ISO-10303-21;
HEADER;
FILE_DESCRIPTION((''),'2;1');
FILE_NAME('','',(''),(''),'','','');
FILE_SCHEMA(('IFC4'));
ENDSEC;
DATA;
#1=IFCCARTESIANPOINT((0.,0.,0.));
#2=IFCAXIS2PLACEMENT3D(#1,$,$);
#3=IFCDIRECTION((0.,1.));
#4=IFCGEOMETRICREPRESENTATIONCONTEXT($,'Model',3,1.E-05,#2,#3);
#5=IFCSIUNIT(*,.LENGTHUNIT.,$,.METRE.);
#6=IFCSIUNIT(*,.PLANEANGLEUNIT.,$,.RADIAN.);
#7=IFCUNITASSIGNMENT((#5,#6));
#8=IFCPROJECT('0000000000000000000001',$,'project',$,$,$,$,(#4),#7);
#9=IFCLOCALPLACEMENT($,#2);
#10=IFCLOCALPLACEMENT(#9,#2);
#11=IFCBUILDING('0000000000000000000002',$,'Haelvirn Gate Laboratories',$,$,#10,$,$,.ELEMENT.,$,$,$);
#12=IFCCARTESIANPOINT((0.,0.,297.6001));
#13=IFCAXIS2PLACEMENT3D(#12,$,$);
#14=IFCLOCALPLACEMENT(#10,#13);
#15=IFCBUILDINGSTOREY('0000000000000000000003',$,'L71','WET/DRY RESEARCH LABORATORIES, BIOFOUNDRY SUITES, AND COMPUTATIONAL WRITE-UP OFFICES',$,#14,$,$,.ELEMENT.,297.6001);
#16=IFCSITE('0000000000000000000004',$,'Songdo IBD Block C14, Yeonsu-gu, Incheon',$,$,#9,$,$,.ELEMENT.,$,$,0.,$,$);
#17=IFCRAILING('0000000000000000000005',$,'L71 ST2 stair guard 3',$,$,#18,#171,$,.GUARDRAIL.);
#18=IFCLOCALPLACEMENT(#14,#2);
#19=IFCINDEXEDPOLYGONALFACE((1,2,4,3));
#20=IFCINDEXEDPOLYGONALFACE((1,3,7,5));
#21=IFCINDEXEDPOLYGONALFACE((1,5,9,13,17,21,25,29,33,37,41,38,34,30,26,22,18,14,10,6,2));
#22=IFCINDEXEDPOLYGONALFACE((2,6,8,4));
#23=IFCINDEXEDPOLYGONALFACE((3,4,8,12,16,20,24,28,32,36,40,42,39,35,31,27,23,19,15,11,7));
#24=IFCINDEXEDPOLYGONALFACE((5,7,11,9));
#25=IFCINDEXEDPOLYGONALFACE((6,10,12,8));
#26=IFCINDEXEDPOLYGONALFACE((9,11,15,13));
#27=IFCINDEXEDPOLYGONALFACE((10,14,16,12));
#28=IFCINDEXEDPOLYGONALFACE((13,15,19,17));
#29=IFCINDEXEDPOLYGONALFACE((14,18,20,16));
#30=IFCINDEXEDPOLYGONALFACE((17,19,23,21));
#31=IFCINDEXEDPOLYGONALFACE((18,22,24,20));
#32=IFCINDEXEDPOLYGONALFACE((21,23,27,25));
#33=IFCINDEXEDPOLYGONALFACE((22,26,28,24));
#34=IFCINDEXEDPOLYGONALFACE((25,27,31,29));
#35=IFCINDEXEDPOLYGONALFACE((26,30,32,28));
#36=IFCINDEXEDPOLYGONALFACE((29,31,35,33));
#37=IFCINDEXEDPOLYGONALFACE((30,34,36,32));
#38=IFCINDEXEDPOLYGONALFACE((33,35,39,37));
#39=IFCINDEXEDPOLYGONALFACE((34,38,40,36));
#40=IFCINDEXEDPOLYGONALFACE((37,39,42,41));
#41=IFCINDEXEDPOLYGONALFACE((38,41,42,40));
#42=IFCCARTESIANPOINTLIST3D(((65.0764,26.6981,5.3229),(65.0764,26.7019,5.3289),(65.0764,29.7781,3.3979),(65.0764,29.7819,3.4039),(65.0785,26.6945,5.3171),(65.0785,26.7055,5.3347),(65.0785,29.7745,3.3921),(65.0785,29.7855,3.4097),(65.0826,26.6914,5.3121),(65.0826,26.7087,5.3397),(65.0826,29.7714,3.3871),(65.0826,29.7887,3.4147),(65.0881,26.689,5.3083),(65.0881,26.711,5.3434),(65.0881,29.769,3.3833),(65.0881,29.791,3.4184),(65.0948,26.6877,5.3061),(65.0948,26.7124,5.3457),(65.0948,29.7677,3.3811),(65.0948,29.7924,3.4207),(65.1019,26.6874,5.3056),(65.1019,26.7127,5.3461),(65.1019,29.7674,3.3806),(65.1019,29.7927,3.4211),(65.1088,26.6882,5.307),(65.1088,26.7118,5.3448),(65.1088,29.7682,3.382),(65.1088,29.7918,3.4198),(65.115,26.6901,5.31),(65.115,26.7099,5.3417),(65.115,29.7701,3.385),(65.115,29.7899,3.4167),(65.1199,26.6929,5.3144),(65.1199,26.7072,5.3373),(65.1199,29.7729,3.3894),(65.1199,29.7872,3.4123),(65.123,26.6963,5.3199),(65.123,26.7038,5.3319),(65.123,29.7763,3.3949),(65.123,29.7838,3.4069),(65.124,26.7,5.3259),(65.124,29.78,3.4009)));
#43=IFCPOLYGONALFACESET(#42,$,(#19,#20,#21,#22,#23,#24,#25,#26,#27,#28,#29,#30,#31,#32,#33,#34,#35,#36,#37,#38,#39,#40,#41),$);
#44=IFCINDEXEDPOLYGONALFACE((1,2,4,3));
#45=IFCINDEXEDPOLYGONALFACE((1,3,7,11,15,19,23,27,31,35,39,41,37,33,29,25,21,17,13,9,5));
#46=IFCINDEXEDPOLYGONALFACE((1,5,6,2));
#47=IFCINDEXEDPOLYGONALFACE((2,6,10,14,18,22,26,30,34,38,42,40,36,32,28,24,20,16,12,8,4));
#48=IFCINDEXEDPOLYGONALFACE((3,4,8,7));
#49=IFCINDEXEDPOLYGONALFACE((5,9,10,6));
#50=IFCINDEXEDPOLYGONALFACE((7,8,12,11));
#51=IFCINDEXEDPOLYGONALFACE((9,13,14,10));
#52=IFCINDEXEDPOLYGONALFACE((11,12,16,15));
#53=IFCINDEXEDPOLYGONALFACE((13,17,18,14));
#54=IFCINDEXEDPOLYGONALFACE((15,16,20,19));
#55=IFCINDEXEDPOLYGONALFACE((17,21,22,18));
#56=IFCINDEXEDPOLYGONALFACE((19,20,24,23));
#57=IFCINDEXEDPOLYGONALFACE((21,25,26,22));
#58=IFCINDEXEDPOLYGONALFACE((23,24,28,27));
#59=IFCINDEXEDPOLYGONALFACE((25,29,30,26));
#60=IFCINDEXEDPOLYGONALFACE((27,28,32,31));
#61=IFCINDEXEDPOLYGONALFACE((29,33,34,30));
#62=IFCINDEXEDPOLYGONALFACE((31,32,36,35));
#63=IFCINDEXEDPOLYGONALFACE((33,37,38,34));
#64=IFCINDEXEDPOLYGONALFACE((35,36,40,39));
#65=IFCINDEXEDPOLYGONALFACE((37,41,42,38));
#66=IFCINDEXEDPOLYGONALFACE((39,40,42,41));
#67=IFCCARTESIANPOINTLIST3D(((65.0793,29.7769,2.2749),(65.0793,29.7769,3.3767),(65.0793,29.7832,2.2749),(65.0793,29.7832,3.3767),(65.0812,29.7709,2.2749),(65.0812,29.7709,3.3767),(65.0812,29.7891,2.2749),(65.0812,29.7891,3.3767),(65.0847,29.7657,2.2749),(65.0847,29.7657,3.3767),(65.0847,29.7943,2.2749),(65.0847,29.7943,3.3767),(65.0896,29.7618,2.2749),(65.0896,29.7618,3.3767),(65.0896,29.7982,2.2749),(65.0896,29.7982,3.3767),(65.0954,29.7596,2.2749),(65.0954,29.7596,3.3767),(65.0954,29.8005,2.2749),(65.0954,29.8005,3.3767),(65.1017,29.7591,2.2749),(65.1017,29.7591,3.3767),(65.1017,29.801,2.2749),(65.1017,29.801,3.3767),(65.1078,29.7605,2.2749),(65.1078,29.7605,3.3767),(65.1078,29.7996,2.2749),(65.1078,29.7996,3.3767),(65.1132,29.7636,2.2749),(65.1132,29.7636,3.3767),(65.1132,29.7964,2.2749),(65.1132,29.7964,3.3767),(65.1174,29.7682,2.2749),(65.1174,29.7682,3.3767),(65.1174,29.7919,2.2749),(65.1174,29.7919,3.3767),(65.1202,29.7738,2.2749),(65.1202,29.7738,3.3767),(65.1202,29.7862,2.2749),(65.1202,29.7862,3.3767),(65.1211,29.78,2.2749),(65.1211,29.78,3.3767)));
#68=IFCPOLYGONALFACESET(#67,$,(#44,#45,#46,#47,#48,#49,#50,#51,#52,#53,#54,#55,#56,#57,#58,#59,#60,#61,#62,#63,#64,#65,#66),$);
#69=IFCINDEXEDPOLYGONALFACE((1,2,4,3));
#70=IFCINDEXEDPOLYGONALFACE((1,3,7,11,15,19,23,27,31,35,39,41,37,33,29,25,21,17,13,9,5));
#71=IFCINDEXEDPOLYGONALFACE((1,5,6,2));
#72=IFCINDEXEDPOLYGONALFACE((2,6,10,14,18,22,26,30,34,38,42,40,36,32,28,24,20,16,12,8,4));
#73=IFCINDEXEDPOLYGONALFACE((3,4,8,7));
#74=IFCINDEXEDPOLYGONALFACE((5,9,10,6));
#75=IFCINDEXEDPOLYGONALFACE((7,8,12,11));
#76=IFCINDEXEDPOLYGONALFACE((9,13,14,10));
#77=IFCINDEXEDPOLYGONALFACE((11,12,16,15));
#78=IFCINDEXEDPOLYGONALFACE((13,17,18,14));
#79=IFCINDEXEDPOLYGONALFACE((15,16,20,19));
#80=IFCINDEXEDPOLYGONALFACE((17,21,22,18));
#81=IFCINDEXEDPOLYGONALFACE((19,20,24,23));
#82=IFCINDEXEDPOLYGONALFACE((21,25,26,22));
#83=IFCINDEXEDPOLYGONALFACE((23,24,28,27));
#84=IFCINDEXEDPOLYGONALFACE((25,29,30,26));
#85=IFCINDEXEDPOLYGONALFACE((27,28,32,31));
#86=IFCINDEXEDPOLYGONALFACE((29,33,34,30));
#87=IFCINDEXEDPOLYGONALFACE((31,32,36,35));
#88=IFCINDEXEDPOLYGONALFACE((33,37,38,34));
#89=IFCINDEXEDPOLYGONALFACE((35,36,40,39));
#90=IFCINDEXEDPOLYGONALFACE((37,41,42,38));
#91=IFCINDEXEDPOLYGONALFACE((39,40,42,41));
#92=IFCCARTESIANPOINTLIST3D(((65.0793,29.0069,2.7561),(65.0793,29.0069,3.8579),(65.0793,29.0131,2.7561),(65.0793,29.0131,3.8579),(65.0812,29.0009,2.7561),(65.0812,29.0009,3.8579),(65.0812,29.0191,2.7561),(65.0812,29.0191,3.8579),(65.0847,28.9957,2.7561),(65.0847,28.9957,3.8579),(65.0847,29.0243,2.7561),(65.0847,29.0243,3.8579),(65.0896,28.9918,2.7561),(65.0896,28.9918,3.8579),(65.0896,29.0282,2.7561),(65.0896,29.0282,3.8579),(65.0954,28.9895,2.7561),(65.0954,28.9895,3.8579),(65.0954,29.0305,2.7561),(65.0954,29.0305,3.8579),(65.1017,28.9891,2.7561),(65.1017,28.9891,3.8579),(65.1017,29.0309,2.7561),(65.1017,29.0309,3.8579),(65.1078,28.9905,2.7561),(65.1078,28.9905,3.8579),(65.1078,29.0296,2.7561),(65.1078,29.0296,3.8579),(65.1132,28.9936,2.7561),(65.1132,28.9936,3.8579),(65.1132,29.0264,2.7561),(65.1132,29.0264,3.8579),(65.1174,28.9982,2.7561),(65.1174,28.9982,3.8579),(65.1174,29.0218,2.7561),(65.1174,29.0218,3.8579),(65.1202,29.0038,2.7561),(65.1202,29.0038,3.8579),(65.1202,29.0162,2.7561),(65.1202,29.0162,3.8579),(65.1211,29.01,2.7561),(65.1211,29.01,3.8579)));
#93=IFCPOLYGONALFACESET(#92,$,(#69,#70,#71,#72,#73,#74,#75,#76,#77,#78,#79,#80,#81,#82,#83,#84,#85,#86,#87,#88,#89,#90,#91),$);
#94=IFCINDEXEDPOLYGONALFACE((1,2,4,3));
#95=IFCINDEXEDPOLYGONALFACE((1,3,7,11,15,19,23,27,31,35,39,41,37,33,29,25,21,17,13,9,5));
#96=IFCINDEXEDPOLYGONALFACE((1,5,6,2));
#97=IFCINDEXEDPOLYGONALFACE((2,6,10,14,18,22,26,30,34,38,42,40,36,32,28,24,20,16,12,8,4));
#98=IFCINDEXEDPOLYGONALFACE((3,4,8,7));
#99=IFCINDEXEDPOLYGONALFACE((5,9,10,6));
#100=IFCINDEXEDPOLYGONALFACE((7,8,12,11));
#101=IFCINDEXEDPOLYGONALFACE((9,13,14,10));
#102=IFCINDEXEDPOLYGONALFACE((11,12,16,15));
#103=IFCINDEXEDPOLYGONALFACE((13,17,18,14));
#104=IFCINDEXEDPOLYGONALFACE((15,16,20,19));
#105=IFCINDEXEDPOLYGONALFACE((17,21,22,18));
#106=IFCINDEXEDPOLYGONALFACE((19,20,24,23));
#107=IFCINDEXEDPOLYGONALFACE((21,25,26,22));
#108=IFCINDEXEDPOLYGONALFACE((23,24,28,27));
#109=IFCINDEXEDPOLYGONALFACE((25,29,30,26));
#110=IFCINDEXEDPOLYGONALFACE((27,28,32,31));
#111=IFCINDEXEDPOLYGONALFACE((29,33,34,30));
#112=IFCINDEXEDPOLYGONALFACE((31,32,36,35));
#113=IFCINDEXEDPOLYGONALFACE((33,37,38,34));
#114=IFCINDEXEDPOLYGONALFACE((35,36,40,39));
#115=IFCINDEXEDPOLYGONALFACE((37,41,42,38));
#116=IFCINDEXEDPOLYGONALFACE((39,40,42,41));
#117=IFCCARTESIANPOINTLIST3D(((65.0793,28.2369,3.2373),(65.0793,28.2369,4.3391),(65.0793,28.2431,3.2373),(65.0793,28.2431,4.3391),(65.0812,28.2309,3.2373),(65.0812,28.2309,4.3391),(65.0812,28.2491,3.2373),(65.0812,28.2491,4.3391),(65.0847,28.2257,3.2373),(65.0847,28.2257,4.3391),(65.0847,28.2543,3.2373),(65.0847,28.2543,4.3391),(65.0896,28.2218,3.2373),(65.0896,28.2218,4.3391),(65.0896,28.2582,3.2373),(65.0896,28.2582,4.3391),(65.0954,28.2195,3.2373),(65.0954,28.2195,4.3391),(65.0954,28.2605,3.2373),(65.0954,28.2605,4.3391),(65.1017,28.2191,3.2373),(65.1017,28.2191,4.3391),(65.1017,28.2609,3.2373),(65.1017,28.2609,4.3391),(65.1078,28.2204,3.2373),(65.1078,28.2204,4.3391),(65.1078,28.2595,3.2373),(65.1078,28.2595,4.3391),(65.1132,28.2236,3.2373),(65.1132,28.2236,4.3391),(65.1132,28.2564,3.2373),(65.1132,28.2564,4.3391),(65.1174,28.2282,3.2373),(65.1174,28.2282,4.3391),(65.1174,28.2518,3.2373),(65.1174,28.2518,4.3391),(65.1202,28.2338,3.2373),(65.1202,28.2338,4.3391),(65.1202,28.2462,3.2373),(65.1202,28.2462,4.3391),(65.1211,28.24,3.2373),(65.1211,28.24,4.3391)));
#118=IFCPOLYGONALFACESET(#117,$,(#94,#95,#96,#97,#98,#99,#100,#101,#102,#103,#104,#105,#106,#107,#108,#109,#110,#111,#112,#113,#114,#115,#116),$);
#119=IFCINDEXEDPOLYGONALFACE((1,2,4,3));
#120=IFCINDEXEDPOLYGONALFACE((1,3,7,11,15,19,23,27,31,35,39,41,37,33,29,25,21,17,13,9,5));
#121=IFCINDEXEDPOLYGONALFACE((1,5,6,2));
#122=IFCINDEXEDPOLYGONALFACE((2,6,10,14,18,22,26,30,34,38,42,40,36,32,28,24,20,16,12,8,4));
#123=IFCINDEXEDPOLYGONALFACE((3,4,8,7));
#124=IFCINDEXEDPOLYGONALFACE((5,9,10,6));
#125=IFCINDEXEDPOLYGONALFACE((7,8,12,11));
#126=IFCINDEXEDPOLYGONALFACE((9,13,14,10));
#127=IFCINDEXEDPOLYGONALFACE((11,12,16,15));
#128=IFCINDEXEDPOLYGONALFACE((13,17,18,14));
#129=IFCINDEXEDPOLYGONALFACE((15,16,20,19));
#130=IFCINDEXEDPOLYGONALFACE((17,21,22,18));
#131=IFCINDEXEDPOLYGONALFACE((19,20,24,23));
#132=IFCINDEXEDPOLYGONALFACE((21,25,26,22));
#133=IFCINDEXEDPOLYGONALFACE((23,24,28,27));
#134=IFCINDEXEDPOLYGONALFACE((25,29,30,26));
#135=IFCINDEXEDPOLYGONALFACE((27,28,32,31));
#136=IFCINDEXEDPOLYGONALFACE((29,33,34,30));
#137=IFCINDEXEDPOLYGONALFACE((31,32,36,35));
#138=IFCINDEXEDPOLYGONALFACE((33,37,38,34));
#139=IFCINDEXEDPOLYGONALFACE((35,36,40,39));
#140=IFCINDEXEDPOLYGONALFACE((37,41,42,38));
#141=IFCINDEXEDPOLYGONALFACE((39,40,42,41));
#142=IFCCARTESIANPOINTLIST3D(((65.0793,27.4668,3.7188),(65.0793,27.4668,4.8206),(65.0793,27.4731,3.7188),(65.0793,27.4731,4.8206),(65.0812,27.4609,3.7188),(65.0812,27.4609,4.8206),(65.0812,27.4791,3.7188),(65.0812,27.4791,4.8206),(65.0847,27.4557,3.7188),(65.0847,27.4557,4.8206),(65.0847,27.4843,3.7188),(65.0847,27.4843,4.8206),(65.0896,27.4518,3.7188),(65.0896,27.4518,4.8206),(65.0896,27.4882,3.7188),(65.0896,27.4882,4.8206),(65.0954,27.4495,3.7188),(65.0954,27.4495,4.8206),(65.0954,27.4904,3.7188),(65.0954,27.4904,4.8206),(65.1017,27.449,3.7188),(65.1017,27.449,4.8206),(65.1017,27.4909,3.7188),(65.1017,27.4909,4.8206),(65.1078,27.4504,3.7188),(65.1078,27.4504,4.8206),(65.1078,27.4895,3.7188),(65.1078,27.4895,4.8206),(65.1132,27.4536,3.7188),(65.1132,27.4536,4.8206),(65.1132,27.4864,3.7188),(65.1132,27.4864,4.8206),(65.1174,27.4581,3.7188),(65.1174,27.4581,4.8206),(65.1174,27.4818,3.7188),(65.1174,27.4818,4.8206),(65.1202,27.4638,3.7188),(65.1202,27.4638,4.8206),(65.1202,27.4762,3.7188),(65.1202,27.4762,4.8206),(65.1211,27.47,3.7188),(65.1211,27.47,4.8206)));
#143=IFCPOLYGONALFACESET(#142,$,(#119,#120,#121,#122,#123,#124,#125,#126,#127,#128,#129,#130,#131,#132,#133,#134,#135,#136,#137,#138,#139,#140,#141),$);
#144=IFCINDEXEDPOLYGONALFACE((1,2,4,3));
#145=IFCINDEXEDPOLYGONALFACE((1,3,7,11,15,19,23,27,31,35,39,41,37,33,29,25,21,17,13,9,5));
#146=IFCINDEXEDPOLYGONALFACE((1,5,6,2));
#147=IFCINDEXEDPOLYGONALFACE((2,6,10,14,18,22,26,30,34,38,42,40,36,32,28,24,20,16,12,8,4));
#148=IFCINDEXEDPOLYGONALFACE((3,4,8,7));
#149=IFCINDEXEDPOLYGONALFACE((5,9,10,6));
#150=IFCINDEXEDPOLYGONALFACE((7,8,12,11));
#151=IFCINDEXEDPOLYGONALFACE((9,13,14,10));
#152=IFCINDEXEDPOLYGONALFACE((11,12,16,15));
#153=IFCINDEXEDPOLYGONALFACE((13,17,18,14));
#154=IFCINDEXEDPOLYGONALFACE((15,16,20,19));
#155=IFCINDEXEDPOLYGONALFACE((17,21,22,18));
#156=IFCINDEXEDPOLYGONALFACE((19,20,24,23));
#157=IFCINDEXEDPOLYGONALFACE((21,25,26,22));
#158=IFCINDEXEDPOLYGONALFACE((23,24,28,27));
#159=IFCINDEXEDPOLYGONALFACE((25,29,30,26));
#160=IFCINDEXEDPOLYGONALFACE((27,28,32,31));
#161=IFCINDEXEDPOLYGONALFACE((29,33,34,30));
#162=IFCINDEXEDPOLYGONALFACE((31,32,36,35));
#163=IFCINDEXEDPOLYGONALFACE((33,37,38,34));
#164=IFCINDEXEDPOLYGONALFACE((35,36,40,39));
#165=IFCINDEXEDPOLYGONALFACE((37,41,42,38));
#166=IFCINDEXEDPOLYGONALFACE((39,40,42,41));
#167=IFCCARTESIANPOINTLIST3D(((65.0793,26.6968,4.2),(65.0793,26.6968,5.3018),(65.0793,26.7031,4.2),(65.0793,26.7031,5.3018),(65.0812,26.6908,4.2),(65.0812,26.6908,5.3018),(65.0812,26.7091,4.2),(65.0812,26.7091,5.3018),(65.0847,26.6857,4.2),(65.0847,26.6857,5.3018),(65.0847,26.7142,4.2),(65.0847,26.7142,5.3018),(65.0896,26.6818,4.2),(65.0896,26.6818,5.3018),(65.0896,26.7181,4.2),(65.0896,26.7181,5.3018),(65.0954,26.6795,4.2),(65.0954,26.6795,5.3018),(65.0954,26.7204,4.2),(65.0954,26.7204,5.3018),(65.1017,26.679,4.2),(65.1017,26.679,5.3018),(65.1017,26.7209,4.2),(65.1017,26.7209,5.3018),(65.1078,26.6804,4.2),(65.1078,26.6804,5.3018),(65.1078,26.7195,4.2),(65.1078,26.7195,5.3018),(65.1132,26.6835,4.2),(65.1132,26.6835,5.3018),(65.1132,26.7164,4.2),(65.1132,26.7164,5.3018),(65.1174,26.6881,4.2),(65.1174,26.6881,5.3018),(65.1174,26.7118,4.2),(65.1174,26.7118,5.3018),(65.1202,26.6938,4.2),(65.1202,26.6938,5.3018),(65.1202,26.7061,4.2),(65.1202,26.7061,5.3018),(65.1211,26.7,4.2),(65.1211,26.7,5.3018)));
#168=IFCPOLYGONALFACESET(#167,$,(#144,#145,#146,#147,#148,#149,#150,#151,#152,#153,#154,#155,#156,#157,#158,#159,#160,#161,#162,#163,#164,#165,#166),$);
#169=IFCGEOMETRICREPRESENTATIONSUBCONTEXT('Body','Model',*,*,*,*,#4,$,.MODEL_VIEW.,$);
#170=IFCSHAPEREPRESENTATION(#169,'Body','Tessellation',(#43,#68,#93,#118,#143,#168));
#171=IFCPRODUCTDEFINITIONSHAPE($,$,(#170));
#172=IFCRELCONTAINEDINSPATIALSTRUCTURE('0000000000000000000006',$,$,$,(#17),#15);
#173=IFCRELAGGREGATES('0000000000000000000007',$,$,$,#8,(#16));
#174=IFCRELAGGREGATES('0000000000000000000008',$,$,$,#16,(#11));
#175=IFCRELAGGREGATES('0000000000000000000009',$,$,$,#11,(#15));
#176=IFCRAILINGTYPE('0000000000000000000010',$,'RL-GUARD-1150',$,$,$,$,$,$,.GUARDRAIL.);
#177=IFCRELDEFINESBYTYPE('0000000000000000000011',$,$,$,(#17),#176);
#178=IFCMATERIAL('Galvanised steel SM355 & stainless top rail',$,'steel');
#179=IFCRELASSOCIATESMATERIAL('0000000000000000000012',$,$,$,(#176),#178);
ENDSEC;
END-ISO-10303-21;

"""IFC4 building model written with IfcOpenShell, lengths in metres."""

from ifc_helpers import new_model, si_unit, direction, frame, origin, origin_2d, place, context, subcontext, project, spatial, circle, extrude, source, transform, mapped, material, type_object, element, save


model = new_model("IFC4")

# Units and contexts
model_context = context("Model", 3, precision=1e-05, world=origin(), true_north=direction((0.0, 1.0)))
body_context = subcontext(model_context, "Body", "Model", "MODEL_VIEW")
ifc_project = project(units=[si_unit("LENGTHUNIT", "METRE"), si_unit("PLANEANGLEUNIT", "RADIAN")], contexts=[model_context])

# Site, building, storey
site_placement = place(None, origin())
site = spatial("IfcSite", under=ifc_project, at=site_placement, Name="Songdo IBD Block C14, Yeonsu-gu, Incheon", CompositionType="ELEMENT", RefElevation=0.0)
building_placement = place(site_placement, origin())
building = spatial("IfcBuilding", under=site, at=building_placement, Name="Haelvirn Gate Laboratories", CompositionType="ELEMENT")
storey_placement = place(building_placement, frame((0.0, 0.0, 297.6001)))
storey = spatial("IfcBuildingStorey", under=building, at=storey_placement, Name="L71", Description="WET/DRY RESEARCH LABORATORIES, BIOFOUNDRY SUITES, AND COMPUTATIONAL WRITE-UP OFFICES", CompositionType="ELEMENT", Elevation=297.6001)

# Railing
ifc_material_1 = material(Name="Galvanised steel SM355 & stainless top rail", Category="steel")
railing_type_1 = type_object("IfcRailingType", Name="RL-GUARD-1150", PredefinedType="GUARDRAIL", material=ifc_material_1)
shared_shape_1 = source(origin(), body_context, "Body", "SweptSolid", [
    extrude(circle(Radius=0.0239, at=origin_2d()), frame((0.0, 0.0, 1.126), z_axis=(0.0, -0.847998, 0.529999), x_axis=(1.0, 0.0, 0.0)), (0.0, 0.0, 1.0), 3.6321),
    extrude(circle(Radius=0.021, at=origin_2d()), origin(), (0.0, 0.0, 1.0), 1.1018),
    extrude(circle(Radius=0.021, at=origin_2d()), frame((0.0, -0.77, 0.4812)), (0.0, 0.0, 1.0), 1.1018),
    extrude(circle(Radius=0.021, at=origin_2d()), frame((0.0, -1.54, 0.9624)), (0.0, 0.0, 1.0), 1.1018),
    extrude(circle(Radius=0.021, at=origin_2d()), frame((0.0, -2.3101, 1.4438)), (0.0, 0.0, 1.0), 1.1018),
    extrude(circle(Radius=0.021, at=origin_2d()), frame((0.0, -3.0801, 1.925)), (0.0, 0.0, 1.0), 1.1018),
])
railing_1_placement = place(storey_placement, frame((65.1001, 29.78, 2.2749)))
element("IfcRailing", 1, at=railing_1_placement, inside=storey, type_object=railing_type_1, Name="L71 ST2 stair guard 3", PredefinedType="GUARDRAIL", context=body_context, shape_type="MappedRepresentation", body=[
    mapped(shared_shape_1, transform((0.0, 0.0, 0.0), scale=1.0)),
])

save(model, "model.ifc")
